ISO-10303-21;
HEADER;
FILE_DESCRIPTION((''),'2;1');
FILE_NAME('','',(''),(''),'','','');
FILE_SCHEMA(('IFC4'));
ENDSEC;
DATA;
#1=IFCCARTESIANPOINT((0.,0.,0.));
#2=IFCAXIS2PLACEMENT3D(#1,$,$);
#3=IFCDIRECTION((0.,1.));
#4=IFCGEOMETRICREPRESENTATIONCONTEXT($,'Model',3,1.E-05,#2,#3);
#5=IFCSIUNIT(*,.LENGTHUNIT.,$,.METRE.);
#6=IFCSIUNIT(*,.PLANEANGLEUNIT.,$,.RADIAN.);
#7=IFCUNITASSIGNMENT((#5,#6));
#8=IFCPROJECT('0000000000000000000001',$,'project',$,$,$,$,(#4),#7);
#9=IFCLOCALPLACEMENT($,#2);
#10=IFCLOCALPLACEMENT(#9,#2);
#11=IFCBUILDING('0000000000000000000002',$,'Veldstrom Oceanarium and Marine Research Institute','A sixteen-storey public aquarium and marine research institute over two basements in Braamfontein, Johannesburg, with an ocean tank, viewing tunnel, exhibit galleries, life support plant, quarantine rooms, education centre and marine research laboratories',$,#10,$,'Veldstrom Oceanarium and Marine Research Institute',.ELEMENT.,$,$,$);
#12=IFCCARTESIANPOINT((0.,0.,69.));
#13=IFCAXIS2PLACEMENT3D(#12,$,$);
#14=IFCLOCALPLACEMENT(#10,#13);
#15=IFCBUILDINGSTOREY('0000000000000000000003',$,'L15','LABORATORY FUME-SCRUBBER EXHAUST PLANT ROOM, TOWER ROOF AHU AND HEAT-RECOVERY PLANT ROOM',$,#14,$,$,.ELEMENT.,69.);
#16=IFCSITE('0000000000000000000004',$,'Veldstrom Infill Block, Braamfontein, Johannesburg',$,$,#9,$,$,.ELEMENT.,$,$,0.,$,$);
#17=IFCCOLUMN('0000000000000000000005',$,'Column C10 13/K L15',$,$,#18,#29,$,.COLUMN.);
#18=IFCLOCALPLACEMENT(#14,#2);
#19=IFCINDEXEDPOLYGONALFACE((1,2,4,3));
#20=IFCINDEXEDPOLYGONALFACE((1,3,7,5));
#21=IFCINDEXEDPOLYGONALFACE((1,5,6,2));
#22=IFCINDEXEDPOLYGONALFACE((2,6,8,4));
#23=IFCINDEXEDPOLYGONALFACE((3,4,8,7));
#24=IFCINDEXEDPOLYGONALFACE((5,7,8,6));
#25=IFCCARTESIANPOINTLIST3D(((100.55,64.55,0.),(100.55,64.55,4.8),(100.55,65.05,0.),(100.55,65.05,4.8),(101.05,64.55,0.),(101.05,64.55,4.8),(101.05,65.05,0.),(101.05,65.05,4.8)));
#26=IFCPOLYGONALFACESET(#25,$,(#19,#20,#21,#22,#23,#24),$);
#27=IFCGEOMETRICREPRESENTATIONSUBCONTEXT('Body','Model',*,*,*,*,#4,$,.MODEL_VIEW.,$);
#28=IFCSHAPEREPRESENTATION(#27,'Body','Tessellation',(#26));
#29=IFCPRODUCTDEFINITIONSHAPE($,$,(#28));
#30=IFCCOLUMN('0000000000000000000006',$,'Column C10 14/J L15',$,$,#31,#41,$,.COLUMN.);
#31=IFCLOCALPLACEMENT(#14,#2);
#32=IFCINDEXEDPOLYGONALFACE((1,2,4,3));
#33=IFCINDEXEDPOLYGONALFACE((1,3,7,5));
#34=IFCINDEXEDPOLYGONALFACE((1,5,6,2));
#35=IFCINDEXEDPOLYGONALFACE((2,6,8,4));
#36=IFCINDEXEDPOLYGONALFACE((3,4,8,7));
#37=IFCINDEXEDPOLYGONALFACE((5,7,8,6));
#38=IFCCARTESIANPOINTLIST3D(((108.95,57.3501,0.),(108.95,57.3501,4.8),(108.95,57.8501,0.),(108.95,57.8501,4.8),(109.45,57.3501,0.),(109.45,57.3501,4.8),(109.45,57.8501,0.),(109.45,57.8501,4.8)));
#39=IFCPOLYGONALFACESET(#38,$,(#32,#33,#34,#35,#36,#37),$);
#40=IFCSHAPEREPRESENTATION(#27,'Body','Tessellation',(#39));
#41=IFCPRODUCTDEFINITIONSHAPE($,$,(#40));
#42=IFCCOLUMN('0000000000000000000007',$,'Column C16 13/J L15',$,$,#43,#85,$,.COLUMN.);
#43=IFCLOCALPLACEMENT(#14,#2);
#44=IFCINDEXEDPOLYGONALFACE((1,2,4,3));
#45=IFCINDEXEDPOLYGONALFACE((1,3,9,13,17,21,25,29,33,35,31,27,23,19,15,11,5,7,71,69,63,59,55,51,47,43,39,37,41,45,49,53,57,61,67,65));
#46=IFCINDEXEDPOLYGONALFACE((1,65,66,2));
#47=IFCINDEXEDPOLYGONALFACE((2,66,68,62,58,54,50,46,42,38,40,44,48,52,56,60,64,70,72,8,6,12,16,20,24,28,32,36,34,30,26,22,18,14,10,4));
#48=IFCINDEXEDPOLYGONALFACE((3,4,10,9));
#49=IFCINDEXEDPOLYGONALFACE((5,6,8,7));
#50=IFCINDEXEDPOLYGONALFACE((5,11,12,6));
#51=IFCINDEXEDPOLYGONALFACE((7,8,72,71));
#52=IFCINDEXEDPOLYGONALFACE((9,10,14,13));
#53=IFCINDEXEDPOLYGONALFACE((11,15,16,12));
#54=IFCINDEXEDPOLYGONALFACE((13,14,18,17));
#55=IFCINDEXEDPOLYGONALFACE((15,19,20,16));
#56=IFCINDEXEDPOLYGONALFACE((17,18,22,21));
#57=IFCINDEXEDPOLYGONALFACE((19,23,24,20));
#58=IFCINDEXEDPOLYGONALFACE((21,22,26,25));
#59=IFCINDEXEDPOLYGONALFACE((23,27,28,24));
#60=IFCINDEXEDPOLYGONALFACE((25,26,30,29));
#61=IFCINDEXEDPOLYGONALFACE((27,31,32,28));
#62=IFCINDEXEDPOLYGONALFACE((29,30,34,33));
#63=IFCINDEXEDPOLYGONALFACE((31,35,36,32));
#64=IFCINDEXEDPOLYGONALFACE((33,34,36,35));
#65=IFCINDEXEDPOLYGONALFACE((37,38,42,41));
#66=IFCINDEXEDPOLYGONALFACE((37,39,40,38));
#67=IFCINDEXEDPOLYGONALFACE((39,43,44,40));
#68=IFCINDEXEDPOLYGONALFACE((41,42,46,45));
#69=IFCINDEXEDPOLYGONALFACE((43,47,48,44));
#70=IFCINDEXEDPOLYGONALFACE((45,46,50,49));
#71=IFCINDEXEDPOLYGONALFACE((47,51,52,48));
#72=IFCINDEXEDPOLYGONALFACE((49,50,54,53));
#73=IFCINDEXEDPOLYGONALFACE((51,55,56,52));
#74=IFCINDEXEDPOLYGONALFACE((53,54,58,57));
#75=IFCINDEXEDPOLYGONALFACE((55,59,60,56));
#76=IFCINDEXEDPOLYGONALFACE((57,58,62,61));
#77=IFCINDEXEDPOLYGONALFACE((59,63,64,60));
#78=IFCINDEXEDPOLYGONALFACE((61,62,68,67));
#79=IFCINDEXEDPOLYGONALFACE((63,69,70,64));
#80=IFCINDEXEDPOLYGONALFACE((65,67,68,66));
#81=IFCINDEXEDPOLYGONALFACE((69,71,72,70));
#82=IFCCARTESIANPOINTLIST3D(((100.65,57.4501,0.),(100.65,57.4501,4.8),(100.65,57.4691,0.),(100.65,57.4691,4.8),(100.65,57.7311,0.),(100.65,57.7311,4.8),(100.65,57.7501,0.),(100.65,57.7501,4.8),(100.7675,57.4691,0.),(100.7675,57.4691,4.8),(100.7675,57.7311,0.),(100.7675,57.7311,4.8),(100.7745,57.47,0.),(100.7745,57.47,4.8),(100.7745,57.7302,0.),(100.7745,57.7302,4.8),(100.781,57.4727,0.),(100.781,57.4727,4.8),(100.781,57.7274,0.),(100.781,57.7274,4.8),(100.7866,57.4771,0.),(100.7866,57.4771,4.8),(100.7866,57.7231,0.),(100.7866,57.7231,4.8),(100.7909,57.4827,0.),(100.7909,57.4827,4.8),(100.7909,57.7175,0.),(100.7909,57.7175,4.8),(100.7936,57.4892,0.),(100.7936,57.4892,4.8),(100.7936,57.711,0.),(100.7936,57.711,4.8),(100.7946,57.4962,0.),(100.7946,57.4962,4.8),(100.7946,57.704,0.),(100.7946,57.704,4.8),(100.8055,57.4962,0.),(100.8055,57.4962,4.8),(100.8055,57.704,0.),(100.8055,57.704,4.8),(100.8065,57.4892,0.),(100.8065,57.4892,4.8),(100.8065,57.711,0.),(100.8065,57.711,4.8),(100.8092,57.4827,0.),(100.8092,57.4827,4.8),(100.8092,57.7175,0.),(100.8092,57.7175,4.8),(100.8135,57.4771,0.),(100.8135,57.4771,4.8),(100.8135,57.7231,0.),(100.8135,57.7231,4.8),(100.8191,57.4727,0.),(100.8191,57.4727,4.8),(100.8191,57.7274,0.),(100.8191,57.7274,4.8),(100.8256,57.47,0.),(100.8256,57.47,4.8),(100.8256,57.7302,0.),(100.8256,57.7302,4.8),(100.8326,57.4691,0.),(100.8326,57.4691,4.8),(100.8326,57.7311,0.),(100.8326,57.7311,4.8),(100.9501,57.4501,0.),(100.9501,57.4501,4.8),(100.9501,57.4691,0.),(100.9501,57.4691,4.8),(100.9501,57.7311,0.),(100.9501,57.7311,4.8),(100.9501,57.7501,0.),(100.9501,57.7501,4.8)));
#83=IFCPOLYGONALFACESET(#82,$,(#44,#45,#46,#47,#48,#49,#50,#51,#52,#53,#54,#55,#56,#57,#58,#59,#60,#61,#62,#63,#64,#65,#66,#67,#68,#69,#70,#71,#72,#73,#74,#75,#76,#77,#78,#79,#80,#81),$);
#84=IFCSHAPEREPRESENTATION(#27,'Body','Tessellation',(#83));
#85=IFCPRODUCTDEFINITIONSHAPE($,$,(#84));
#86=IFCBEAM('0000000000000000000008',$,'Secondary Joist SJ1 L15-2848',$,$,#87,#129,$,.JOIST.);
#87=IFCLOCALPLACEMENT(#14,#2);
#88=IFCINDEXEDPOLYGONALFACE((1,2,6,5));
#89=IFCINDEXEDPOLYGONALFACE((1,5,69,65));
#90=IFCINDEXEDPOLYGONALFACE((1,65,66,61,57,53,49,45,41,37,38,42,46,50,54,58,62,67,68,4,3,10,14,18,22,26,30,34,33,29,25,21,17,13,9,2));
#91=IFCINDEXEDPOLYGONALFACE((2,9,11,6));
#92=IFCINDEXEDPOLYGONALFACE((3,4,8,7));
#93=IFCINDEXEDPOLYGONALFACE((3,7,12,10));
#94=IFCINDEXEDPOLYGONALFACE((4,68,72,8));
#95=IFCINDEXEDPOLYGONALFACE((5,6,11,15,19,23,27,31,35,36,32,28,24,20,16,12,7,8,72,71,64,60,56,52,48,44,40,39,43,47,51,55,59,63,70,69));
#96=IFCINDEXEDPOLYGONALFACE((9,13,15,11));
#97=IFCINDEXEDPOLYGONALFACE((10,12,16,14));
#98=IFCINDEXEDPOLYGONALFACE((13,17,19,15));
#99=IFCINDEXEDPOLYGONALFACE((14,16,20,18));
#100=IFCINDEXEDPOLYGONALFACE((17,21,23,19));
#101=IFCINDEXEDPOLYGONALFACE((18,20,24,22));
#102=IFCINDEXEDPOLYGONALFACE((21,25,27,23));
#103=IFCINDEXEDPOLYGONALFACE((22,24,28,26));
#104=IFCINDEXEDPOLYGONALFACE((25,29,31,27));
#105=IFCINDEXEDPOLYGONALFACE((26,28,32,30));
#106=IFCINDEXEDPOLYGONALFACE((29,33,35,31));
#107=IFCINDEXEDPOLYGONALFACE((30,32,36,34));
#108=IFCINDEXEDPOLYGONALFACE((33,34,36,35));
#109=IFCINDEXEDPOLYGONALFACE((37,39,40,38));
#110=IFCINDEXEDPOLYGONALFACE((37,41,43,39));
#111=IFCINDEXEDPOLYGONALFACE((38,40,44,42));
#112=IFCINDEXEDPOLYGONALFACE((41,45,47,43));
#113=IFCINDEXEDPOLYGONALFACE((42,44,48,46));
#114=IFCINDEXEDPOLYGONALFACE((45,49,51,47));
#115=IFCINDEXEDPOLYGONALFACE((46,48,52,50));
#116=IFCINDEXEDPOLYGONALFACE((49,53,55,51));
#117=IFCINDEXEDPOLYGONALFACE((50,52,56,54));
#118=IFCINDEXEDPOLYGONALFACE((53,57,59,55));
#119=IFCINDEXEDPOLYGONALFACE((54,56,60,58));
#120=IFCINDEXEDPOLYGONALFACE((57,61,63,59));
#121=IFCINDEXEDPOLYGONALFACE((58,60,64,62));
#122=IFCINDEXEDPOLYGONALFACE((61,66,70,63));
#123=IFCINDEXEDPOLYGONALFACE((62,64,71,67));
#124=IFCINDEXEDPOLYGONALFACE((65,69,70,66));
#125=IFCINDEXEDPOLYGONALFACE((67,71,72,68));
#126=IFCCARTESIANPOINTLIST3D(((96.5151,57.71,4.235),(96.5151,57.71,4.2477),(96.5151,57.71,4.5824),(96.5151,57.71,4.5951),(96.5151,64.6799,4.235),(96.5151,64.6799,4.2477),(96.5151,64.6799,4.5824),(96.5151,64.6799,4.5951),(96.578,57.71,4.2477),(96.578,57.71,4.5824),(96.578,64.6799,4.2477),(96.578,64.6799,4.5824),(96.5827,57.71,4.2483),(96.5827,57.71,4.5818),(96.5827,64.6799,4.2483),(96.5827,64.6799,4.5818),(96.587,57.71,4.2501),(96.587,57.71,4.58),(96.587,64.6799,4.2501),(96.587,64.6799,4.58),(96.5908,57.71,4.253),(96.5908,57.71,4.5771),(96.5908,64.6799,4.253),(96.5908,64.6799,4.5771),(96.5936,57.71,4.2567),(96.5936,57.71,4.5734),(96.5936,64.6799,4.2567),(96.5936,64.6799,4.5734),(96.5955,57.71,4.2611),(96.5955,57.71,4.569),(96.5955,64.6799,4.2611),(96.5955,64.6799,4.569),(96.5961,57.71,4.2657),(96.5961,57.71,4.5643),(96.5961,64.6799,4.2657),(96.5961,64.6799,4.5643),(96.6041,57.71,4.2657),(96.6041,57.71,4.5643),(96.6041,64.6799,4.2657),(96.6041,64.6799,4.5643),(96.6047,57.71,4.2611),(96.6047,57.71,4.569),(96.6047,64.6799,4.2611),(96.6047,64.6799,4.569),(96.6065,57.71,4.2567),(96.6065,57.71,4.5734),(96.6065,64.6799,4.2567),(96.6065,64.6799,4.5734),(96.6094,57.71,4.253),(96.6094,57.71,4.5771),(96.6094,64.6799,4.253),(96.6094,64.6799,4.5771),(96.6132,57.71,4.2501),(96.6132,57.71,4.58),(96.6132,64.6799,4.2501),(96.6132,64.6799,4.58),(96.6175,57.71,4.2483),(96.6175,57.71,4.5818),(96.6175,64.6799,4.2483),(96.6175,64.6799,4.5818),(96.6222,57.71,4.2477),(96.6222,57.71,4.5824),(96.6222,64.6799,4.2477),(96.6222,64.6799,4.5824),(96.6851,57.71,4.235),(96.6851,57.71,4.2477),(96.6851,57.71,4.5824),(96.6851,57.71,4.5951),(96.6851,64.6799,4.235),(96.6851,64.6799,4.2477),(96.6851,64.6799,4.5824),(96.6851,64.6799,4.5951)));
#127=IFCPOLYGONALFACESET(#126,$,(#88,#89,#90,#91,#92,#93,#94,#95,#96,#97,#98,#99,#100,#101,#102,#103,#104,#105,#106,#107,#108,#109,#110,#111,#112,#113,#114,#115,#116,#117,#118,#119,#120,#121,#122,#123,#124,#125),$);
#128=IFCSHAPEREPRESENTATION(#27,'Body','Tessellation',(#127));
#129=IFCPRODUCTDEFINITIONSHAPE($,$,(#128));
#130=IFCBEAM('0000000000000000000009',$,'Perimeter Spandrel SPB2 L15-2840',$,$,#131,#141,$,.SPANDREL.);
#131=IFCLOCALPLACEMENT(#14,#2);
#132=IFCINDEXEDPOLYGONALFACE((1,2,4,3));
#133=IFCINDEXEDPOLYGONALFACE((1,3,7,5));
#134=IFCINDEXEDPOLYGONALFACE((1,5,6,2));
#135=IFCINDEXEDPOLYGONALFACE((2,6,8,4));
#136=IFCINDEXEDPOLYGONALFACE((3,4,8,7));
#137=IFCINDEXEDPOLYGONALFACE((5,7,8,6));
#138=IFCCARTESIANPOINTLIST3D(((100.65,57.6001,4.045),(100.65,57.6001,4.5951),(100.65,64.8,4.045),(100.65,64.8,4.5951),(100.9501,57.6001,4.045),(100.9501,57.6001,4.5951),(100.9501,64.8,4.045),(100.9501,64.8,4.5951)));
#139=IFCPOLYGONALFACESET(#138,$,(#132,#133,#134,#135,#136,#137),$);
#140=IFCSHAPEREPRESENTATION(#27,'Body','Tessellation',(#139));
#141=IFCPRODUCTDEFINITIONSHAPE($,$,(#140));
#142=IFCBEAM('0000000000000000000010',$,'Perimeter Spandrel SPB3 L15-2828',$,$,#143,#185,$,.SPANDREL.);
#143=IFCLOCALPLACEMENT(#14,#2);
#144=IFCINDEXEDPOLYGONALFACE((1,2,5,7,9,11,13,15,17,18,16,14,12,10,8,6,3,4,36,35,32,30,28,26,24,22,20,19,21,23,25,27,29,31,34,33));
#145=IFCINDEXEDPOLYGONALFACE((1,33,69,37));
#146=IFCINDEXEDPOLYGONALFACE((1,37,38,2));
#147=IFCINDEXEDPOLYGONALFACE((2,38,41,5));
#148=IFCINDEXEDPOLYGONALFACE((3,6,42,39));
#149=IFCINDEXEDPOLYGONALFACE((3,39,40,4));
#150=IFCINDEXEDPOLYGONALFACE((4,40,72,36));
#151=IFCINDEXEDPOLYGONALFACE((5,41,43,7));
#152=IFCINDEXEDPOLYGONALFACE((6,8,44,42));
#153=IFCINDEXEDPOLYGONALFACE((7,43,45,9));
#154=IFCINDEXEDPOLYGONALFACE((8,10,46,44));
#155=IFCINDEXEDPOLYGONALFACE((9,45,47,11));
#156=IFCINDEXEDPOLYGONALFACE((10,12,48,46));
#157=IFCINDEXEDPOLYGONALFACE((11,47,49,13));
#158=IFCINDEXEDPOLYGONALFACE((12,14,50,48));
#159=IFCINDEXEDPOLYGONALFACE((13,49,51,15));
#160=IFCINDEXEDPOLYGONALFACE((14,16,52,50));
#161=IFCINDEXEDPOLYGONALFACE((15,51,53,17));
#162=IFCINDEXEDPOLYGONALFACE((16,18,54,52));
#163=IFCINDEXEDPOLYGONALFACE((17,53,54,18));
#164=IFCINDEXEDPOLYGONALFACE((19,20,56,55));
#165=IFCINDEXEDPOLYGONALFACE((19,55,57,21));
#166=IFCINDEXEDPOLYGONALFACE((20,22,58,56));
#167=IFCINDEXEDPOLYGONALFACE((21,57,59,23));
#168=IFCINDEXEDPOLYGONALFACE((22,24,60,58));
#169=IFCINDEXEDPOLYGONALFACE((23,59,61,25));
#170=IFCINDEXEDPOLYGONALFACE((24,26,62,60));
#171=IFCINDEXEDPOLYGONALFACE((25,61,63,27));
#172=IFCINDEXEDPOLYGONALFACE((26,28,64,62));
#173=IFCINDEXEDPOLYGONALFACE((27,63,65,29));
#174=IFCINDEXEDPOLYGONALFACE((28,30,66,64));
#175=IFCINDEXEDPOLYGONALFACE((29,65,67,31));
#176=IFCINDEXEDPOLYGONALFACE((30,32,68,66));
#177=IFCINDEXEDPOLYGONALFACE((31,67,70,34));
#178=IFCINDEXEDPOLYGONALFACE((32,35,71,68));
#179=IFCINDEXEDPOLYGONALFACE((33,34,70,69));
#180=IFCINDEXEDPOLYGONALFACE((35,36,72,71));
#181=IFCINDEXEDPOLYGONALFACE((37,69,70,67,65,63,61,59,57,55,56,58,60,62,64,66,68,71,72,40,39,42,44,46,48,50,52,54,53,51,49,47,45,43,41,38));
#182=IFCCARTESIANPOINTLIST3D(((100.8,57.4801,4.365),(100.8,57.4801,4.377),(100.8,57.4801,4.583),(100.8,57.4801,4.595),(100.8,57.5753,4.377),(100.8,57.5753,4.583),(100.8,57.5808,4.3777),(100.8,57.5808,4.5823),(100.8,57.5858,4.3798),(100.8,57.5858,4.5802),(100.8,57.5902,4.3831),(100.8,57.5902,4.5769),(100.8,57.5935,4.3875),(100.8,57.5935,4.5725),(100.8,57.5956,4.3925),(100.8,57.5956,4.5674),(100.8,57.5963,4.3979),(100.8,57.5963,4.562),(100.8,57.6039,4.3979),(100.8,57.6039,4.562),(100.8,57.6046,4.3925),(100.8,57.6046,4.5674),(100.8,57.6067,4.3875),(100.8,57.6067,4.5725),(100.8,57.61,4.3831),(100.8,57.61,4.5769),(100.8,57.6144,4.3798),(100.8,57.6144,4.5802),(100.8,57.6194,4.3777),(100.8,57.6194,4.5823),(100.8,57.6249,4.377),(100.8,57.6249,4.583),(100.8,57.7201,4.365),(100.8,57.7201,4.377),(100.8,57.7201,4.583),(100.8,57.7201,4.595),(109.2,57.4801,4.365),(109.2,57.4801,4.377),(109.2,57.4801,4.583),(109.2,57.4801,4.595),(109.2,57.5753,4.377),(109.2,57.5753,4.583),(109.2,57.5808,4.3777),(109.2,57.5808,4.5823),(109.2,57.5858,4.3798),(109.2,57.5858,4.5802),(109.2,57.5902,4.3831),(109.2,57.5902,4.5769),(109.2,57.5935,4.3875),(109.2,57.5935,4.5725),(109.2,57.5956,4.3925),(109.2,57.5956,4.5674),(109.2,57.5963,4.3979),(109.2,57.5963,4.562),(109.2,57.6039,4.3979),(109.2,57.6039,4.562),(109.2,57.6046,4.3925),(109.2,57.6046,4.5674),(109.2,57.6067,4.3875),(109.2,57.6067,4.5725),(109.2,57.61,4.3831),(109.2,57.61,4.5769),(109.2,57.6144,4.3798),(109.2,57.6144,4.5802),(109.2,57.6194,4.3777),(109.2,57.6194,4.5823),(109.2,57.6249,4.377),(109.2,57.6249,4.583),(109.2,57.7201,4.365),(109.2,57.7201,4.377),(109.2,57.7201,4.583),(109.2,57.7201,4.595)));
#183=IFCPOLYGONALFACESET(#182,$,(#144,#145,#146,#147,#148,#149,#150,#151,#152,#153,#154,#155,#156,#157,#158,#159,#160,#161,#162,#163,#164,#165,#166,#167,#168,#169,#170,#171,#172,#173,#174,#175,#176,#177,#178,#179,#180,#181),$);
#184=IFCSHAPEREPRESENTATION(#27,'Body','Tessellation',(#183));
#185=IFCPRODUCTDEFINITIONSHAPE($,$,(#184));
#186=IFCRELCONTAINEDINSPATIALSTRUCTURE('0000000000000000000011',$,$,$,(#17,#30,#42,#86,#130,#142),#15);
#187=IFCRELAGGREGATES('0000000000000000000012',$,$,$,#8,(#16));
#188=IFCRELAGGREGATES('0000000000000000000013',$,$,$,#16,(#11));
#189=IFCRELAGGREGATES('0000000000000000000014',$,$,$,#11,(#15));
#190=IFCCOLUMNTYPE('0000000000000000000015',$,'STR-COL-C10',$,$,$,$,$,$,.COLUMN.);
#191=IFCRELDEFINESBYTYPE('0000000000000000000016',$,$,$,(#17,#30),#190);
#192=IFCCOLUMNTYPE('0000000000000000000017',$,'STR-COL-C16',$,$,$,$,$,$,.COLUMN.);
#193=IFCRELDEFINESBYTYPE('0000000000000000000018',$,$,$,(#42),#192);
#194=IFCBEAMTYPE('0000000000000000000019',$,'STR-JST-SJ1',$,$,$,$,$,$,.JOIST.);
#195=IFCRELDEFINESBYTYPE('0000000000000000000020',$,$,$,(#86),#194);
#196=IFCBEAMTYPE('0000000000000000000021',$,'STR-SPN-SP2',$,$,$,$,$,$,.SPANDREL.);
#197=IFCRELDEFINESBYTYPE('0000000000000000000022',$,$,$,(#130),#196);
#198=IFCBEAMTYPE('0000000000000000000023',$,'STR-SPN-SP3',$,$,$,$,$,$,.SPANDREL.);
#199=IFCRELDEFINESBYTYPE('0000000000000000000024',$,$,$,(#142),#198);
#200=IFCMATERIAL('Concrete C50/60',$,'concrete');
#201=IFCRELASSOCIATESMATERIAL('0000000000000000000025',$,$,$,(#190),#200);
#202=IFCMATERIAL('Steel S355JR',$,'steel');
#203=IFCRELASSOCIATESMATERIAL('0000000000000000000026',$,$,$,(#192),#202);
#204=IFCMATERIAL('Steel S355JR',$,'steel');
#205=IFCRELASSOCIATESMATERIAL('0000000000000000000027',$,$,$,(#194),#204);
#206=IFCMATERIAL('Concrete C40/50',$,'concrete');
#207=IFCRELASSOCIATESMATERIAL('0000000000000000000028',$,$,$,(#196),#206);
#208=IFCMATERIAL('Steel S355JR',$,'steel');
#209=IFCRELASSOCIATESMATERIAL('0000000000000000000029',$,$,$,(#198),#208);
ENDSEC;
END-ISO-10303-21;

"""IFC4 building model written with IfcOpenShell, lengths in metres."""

from ifc_helpers import new_model, si_unit, direction, frame, origin, origin_2d, place, context, subcontext, project, spatial, rectangle, i_section, extrude, material, material_profile, profile_set, type_object, element, save


model = new_model("IFC4")

# Units and contexts
model_context = context("Model", 3, precision=1e-05, world=origin(), true_north=direction((0.0, 1.0)))
body_context = subcontext(model_context, "Body", "Model", "MODEL_VIEW")
ifc_project = project(units=[si_unit("LENGTHUNIT", "METRE"), si_unit("PLANEANGLEUNIT", "RADIAN")], contexts=[model_context])

# Site, building, storey
site_placement = place(None, origin())
site = spatial("IfcSite", under=ifc_project, at=site_placement, Name="Veldstrom Infill Block, Braamfontein, Johannesburg", CompositionType="ELEMENT", RefElevation=0.0)
building_placement = place(site_placement, origin())
building = spatial("IfcBuilding", under=site, at=building_placement, Name="Veldstrom Oceanarium and Marine Research Institute", Description="A sixteen-storey public aquarium and marine research institute over two basements in Braamfontein, Johannesburg, with an ocean tank, viewing tunnel, exhibit galleries, life support plant, quarantine rooms, education centre and marine research laboratories", LongName="Veldstrom Oceanarium and Marine Research Institute", CompositionType="ELEMENT")
storey_placement = place(building_placement, frame((0.0, 0.0, 69.0)))
storey = spatial("IfcBuildingStorey", under=building, at=storey_placement, Name="L15", Description="LABORATORY FUME-SCRUBBER EXHAUST PLANT ROOM, TOWER ROOF AHU AND HEAT-RECOVERY PLANT ROOM", CompositionType="ELEMENT", Elevation=69.0)

# Columns
ifc_material_1 = material(Name="Concrete C50/60", Category="concrete")
ifc_material_profile_1 = material_profile(ifc_material_1, rectangle(XDim=0.5, YDim=0.5, at=origin_2d()), Name="RC-COL-500x500")
ifc_profile_set_1 = profile_set([ifc_material_profile_1], Name="Concrete C50/60")
column_type_1 = type_object("IfcColumnType", Name="STR-COL-C10", PredefinedType="COLUMN", material=ifc_profile_set_1)
for number, where, z_axis, x_axis, name in (
    (1, (100.8, 64.8, 0.0), (0.0, 0.0, 1.0), (1.0, 0.0, 0.0), "Column C10 13/K L15"),
    (2, (109.2, 57.6001, 0.0), (0.0, 0.0, 1.0), (1.0, 0.0, 0.0), "Column C10 14/J L15"),
):
    element("IfcColumn", number, at=place(storey_placement, frame(where, z_axis=z_axis, x_axis=x_axis)), inside=storey, type_object=column_type_1, Name=name, PredefinedType="COLUMN", context=body_context, shape_type="SweptSolid", body=[
        extrude(rectangle(XDim=0.5, YDim=0.5, at=origin_2d()), origin(), (0.0, 0.0, 1.0), 4.8),
    ])
ifc_material_2 = material(Name="Steel S355JR", Category="steel")
ifc_material_profile_2 = material_profile(ifc_material_2, i_section(OverallWidth=0.3, OverallDepth=0.3, WebThickness=0.011, FlangeThickness=0.019, FilletRadius=0.0271, at=origin_2d()), Name="HEB 300")
ifc_profile_set_2 = profile_set([ifc_material_profile_2], Name="Steel S355JR")
column_type_2 = type_object("IfcColumnType", Name="STR-COL-C16", PredefinedType="COLUMN", material=ifc_profile_set_2)
column_placement = place(storey_placement, frame((100.8, 57.6001, 0.0), z_axis=(0.0, 0.0, 1.0), x_axis=(1.0, 0.0, 0.0)))
element("IfcColumn", 3, at=column_placement, inside=storey, type_object=column_type_2, Name="Column C16 13/J L15", PredefinedType="COLUMN", context=body_context, shape_type="SweptSolid", body=[
    extrude(i_section(OverallWidth=0.3, OverallDepth=0.3, WebThickness=0.011, FlangeThickness=0.019, FilletRadius=0.0271, at=origin_2d()), origin(), (0.0, 0.0, 1.0), 4.8),
])

# Beams
ifc_material_3 = material(Name="Steel S355JR", Category="steel")
ifc_material_profile_3 = material_profile(ifc_material_3, i_section(OverallWidth=0.1699, OverallDepth=0.3601, WebThickness=0.0081, FlangeThickness=0.0127, FilletRadius=0.0181, at=origin_2d()), Name="IPE 360")
ifc_profile_set_3 = profile_set([ifc_material_profile_3], Name="Steel S355JR")
beam_type_1 = type_object("IfcBeamType", Name="STR-JST-SJ1", PredefinedType="JOIST", material=ifc_profile_set_3)
beam_1_placement = place(storey_placement, frame((96.6001, 57.71, 4.415), z_axis=(0.0, 1.0, 0.0), x_axis=(-1.0, 0.0, 0.0)))
element("IfcBeam", 4, at=beam_1_placement, inside=storey, type_object=beam_type_1, Name="Secondary Joist SJ1 L15-2848", PredefinedType="JOIST", context=body_context, shape_type="SweptSolid", body=[
    extrude(i_section(OverallWidth=0.1699, OverallDepth=0.3601, WebThickness=0.0081, FlangeThickness=0.0127, FilletRadius=0.0181, at=origin_2d()), origin(), (0.0, 0.0, 1.0), 6.97),
])
ifc_material_4 = material(Name="Concrete C40/50", Category="concrete")
ifc_material_profile_4 = material_profile(ifc_material_4, rectangle(XDim=0.3, YDim=0.55, at=origin_2d()), Name="RC-SPN-300x550")
ifc_profile_set_4 = profile_set([ifc_material_profile_4], Name="Concrete C40/50")
beam_type_2 = type_object("IfcBeamType", Name="STR-SPN-SP2", PredefinedType="SPANDREL", material=ifc_profile_set_4)
beam_2_placement = place(storey_placement, frame((100.8, 57.6001, 4.3201), z_axis=(0.0, 1.0, 0.0), x_axis=(-1.0, 0.0, 0.0)))
element("IfcBeam", 5, at=beam_2_placement, inside=storey, type_object=beam_type_2, Name="Perimeter Spandrel SPB2 L15-2840", PredefinedType="SPANDREL", context=body_context, shape_type="SweptSolid", body=[
    extrude(rectangle(XDim=0.3, YDim=0.55, at=origin_2d()), origin(), (0.0, 0.0, 1.0), 7.2),
])
ifc_material_5 = material(Name="Steel S355JR", Category="steel")
ifc_material_profile_5 = material_profile(ifc_material_5, i_section(OverallWidth=0.24, OverallDepth=0.23, WebThickness=0.0076, FlangeThickness=0.012, FilletRadius=0.021, at=origin_2d()), Name="HEA 240")
ifc_profile_set_5 = profile_set([ifc_material_profile_5], Name="Steel S355JR")
beam_type_3 = type_object("IfcBeamType", Name="STR-SPN-SP3", PredefinedType="SPANDREL", material=ifc_profile_set_5)
beam_3_placement = place(storey_placement, frame((100.8, 57.6001, 4.48), z_axis=(1.0, 0.0, 0.0), x_axis=(0.0, 1.0, 0.0)))
element("IfcBeam", 6, at=beam_3_placement, inside=storey, type_object=beam_type_3, Name="Perimeter Spandrel SPB3 L15-2828", PredefinedType="SPANDREL", context=body_context, shape_type="SweptSolid", body=[
    extrude(i_section(OverallWidth=0.24, OverallDepth=0.23, WebThickness=0.0076, FlangeThickness=0.012, FilletRadius=0.021, at=origin_2d()), origin(), (0.0, 0.0, 1.0), 8.3999),
])

save(model, "model.ifc")
